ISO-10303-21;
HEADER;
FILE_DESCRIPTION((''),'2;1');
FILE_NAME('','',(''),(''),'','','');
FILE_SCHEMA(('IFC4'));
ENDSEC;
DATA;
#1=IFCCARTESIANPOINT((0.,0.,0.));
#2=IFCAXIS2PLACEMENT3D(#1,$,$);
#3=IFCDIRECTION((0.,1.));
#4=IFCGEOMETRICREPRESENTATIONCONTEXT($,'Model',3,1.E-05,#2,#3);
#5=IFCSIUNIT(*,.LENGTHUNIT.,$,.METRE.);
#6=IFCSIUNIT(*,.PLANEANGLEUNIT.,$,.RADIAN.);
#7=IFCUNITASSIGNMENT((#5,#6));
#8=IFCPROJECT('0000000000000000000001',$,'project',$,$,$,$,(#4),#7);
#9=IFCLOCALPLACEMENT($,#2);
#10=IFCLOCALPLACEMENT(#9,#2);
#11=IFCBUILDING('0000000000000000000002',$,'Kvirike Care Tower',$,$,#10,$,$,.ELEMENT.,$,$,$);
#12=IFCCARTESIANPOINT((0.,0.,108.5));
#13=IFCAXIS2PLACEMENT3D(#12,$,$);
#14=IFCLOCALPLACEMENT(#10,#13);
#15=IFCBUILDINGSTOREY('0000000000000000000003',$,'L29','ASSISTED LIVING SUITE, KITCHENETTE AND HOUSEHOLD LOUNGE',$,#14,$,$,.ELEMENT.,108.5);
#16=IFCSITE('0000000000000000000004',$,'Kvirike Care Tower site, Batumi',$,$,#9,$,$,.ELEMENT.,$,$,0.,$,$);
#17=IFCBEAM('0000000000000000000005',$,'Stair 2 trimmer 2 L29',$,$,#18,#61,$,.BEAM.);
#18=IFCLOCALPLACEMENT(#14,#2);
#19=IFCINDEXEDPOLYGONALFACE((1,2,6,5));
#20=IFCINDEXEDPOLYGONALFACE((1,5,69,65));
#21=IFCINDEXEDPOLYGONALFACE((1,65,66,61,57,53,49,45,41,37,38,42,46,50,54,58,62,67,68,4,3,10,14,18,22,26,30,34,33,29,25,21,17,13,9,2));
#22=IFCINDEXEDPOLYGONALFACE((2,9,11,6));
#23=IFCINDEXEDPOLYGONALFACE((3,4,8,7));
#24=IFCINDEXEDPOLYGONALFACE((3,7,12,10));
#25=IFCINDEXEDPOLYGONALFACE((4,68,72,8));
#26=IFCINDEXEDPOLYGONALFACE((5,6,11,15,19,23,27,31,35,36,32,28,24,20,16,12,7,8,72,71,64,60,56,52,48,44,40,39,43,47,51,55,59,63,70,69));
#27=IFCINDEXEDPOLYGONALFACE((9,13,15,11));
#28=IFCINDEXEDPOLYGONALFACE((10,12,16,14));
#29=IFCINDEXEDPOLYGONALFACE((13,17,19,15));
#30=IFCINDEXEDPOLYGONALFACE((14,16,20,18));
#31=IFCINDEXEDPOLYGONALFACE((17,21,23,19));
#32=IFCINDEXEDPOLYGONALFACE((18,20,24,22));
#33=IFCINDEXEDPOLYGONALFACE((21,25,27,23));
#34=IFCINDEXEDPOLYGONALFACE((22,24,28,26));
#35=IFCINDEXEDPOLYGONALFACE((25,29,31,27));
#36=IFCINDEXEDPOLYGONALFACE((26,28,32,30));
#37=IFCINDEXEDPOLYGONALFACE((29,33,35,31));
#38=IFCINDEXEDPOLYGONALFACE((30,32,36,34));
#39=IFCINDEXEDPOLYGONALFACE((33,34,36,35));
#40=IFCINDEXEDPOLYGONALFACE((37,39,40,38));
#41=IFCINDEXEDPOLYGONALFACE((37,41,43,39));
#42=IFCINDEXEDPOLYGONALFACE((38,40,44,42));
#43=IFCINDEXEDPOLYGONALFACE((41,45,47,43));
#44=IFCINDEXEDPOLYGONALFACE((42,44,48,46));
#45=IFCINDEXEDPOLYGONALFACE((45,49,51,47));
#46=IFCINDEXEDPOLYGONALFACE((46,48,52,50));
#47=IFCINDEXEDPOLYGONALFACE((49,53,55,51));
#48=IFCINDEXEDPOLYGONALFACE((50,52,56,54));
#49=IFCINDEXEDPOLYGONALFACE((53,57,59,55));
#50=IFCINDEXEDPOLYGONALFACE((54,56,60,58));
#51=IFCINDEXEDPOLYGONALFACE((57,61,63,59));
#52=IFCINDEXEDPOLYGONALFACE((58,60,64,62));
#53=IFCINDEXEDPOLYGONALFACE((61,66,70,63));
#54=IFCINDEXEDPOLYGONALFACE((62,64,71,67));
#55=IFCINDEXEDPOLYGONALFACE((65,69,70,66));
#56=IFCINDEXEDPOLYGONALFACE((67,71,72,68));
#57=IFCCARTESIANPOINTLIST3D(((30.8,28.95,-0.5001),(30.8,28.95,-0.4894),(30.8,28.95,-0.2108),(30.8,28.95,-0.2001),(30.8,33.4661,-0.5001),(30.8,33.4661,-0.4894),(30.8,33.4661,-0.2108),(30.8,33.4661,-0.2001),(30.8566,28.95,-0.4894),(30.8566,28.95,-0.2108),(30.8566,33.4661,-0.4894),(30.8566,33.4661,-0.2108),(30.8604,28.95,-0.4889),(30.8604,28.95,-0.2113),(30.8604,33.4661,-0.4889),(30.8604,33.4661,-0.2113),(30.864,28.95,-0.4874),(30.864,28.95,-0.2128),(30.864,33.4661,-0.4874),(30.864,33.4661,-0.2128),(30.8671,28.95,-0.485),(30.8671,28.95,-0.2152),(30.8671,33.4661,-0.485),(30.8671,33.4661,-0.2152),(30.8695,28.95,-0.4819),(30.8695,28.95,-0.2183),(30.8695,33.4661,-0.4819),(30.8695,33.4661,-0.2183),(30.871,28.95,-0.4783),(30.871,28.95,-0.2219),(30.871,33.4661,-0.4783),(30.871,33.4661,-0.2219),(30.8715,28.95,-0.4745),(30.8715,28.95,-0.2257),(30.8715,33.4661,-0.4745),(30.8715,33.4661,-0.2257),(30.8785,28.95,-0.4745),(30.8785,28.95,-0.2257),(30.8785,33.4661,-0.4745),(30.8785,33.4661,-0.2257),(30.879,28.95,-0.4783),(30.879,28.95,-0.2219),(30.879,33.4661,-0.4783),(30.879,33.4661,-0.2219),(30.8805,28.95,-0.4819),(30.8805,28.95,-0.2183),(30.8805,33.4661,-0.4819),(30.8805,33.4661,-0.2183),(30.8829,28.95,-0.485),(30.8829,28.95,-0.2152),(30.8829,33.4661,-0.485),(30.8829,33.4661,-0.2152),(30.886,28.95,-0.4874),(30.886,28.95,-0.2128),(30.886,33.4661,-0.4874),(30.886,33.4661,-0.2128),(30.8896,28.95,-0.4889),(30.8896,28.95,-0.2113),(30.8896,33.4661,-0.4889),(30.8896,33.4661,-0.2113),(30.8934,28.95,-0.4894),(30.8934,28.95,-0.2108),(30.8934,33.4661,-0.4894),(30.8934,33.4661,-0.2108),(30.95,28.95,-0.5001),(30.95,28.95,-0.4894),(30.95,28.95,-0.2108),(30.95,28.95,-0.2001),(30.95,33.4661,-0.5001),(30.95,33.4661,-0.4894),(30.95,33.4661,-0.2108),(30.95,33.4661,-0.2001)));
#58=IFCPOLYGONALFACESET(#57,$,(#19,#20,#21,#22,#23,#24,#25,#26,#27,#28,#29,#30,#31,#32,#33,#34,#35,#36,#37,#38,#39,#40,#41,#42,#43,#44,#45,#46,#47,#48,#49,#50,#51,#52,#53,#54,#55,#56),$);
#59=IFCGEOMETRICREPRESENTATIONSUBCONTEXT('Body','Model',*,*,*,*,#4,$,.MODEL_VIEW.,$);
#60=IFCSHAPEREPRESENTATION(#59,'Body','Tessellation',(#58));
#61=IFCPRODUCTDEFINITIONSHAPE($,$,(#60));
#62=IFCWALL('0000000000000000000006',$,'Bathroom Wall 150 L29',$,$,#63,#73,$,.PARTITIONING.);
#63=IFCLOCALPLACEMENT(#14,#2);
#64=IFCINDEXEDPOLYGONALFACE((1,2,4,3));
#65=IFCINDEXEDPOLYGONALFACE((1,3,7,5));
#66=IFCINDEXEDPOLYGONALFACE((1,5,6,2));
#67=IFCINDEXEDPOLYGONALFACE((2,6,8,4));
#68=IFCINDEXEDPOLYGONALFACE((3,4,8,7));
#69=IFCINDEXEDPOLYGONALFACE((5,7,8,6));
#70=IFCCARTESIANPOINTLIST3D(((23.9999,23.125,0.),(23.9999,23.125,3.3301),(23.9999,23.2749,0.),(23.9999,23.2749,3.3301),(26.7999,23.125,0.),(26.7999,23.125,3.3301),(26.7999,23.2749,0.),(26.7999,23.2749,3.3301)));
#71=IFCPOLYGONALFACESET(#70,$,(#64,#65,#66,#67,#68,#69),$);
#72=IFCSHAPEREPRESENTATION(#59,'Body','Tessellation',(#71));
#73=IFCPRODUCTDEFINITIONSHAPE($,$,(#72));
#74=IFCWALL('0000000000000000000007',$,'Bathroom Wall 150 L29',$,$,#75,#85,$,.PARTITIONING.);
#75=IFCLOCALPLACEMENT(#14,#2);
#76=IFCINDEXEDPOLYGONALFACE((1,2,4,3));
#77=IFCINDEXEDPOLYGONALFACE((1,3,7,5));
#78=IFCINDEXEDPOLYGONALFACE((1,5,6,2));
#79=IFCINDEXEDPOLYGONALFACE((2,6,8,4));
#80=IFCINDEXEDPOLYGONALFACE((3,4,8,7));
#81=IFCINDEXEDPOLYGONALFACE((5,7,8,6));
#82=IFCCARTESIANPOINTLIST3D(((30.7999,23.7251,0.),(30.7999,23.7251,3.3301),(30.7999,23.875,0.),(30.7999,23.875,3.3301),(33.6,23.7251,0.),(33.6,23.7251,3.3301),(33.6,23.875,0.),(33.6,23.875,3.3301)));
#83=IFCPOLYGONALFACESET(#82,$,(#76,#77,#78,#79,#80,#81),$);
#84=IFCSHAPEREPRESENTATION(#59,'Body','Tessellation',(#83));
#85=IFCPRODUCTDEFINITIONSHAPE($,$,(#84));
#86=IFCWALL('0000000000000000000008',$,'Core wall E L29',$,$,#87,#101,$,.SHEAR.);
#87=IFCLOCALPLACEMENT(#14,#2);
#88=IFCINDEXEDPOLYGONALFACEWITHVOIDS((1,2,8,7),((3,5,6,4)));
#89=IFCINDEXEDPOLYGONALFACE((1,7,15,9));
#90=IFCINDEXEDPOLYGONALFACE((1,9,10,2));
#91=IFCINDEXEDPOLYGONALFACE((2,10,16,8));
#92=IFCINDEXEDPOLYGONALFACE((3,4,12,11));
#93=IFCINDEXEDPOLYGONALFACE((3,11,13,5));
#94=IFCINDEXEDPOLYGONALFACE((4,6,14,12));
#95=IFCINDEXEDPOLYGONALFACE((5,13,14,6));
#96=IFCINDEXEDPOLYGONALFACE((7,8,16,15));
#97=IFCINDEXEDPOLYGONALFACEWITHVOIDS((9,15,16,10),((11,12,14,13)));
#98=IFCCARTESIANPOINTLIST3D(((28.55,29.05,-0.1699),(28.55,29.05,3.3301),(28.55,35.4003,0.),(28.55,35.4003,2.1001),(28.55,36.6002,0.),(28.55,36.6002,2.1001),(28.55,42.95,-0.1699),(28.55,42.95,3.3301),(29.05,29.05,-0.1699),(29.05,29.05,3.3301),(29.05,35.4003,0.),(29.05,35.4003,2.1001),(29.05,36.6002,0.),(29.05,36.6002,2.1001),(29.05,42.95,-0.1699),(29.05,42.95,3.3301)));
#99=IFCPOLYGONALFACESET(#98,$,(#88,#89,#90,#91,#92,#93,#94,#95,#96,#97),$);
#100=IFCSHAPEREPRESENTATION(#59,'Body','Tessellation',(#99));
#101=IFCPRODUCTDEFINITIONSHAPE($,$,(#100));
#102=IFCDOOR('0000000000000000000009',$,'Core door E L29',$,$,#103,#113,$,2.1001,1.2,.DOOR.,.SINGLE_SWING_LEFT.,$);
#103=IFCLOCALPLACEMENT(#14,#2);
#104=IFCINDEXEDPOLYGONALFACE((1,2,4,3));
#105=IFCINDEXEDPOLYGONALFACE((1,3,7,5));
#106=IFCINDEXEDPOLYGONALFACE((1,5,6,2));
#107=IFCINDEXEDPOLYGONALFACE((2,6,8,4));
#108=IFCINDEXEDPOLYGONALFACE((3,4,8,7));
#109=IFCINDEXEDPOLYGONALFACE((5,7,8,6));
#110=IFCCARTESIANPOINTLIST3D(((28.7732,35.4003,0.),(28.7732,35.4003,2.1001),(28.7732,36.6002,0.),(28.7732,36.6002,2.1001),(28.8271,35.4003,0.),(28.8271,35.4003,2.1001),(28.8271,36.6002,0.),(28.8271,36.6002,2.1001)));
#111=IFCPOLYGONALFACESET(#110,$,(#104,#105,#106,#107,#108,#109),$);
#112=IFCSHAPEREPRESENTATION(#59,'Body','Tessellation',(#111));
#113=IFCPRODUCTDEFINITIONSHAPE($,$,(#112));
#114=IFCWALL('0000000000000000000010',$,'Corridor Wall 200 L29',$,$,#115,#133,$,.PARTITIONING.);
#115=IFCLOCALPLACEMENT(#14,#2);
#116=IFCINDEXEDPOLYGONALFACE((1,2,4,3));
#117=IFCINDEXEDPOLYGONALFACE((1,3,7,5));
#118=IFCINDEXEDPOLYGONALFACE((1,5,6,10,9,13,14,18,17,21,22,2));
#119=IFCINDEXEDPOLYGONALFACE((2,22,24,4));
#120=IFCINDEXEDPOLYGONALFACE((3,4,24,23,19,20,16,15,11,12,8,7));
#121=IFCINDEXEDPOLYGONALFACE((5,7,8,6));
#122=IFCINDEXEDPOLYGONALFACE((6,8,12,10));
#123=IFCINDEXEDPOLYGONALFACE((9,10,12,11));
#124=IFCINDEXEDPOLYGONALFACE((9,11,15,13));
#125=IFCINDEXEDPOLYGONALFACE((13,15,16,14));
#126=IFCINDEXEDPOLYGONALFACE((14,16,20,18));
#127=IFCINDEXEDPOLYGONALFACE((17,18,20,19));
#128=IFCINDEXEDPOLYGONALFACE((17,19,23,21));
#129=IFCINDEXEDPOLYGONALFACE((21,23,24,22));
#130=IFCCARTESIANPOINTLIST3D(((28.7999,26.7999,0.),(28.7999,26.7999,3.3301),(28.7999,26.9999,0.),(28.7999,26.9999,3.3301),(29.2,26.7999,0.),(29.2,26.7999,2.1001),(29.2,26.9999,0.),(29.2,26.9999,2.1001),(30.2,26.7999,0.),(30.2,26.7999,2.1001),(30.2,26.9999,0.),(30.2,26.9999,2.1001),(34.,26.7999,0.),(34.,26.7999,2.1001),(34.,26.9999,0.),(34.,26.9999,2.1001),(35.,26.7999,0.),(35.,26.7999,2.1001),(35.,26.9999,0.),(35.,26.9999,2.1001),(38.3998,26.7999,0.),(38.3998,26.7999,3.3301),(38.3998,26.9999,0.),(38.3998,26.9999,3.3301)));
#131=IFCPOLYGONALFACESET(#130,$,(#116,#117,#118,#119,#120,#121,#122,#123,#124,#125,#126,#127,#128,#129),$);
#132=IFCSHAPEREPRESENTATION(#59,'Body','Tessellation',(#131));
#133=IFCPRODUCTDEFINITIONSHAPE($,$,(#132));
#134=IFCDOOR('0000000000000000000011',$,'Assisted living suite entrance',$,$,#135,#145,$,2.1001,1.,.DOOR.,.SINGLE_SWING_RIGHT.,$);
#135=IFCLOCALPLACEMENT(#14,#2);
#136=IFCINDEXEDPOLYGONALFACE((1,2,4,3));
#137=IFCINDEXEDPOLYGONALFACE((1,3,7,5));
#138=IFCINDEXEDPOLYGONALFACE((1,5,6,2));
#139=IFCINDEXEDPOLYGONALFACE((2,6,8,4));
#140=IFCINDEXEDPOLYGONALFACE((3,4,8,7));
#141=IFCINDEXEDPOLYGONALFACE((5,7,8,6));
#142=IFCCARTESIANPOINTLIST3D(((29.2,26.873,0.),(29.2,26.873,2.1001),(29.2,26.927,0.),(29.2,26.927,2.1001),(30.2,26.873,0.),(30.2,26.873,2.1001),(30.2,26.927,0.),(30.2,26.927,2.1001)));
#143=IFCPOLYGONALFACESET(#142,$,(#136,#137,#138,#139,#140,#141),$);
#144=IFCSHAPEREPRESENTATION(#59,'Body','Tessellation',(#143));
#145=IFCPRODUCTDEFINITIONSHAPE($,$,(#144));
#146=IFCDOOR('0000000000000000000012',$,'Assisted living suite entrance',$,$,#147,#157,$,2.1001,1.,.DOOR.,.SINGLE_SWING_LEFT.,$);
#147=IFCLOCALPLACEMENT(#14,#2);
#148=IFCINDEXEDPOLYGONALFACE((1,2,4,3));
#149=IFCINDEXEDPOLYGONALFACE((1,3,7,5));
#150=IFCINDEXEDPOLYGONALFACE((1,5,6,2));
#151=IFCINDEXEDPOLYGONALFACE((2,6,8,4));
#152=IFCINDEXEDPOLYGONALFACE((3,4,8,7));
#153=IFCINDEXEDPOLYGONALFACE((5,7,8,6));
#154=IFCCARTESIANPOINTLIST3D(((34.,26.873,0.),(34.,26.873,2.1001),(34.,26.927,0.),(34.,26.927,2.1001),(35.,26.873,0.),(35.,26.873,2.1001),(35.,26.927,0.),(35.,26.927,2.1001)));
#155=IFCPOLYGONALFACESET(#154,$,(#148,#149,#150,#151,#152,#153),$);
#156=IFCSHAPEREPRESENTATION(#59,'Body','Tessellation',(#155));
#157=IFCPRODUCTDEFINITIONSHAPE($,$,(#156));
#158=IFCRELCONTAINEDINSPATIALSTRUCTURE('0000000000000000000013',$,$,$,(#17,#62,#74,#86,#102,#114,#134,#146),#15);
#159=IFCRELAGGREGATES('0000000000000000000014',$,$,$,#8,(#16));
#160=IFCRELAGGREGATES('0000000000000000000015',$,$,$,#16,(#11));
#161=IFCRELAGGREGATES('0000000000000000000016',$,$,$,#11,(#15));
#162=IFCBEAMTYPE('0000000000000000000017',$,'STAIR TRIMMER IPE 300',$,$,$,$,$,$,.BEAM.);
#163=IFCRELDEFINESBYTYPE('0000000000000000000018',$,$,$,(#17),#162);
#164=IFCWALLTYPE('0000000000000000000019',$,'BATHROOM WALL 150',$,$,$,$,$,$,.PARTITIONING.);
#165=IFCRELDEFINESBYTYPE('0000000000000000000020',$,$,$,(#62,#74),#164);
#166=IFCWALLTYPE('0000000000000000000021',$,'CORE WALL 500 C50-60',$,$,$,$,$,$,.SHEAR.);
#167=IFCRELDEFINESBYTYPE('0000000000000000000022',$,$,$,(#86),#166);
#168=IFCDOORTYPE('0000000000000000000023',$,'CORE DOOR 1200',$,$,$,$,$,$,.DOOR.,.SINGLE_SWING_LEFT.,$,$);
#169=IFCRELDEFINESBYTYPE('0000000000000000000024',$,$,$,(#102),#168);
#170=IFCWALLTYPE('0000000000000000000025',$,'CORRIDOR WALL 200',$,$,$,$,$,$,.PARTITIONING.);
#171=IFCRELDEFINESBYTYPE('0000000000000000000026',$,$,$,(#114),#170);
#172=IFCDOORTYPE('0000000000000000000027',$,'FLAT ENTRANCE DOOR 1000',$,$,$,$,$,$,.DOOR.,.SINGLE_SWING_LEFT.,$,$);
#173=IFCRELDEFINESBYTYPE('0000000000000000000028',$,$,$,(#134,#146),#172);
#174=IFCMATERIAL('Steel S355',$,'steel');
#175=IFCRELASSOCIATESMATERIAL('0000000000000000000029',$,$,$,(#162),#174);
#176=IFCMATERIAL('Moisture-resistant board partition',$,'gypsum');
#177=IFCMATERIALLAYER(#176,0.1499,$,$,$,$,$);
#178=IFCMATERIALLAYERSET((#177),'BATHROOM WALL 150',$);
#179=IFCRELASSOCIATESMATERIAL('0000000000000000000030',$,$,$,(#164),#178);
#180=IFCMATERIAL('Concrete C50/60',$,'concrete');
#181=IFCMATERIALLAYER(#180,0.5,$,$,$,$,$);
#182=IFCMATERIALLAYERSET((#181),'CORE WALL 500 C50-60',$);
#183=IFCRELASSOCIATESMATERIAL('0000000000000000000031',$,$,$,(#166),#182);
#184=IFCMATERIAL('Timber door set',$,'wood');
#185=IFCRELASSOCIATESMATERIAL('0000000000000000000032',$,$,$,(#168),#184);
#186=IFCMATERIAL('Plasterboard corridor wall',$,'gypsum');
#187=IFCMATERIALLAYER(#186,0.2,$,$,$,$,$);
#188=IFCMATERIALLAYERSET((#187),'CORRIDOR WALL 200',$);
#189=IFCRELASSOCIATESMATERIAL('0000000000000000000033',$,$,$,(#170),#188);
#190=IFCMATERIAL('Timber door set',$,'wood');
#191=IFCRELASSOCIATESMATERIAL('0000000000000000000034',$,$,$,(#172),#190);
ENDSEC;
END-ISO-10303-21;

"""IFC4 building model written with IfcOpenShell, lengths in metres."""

from ifc_helpers import new_model, si_unit, direction, frame, frame_2d, origin, origin_2d, place, context, subcontext, project, spatial, rectangle, i_section, extrude, material, layer, layer_set, material_profile, profile_set, type_object, element, fill, save


model = new_model("IFC4")

# Units and contexts
model_context = context("Model", 3, precision=1e-05, world=origin(), true_north=direction((0.0, 1.0)))
body_context = subcontext(model_context, "Body", "Model", "MODEL_VIEW")
ifc_project = project(units=[si_unit("LENGTHUNIT", "METRE"), si_unit("PLANEANGLEUNIT", "RADIAN")], contexts=[model_context])

# Site, building, storey
site_placement = place(None, origin())
site = spatial("IfcSite", under=ifc_project, at=site_placement, Name="Kvirike Care Tower site, Batumi", CompositionType="ELEMENT", RefElevation=0.0)
building_placement = place(site_placement, origin())
building = spatial("IfcBuilding", under=site, at=building_placement, Name="Kvirike Care Tower", CompositionType="ELEMENT")
storey_placement = place(building_placement, frame((0.0, 0.0, 108.5)))
storey = spatial("IfcBuildingStorey", under=building, at=storey_placement, Name="L29", Description="ASSISTED LIVING SUITE, KITCHENETTE AND HOUSEHOLD LOUNGE", CompositionType="ELEMENT", Elevation=108.5)

# Beam
ifc_material_1 = material(Name="Steel S355", Category="steel")
ifc_material_profile_1 = material_profile(ifc_material_1, i_section(OverallWidth=0.1499, OverallDepth=0.3, WebThickness=0.0071, FlangeThickness=0.0107, FilletRadius=0.0149, at=origin_2d()), Name="IPE 300")
ifc_profile_set_1 = profile_set([ifc_material_profile_1], Name="Steel S355")
beam_type_1 = type_object("IfcBeamType", Name="STAIR TRIMMER IPE 300", PredefinedType="BEAM", material=ifc_profile_set_1)
beam_1_placement = place(storey_placement, frame((30.875, 28.95, -0.3501), z_axis=(0.0, 1.0, 0.0), x_axis=(-1.0, 0.0, 0.0)))
element("IfcBeam", 1, at=beam_1_placement, inside=storey, type_object=beam_type_1, Name="Stair 2 trimmer 2 L29", PredefinedType="BEAM", context=body_context, shape_type="SweptSolid", body=[
    extrude(i_section(OverallWidth=0.1499, OverallDepth=0.3, WebThickness=0.0071, FlangeThickness=0.0107, FilletRadius=0.0149, at=origin_2d()), origin(), (0.0, 0.0, 1.0), 4.5161),
])

# Walls
ifc_material_2 = material(Name="Moisture-resistant board partition", Category="gypsum")
ifc_layer_1 = layer(ifc_material_2, 0.1499)
ifc_layer_set_1 = layer_set([ifc_layer_1], Name="BATHROOM WALL 150")
wall_type_1 = type_object("IfcWallType", Name="BATHROOM WALL 150", PredefinedType="PARTITIONING", material=ifc_layer_set_1)
for number, where, z_axis, x_axis, name in (
    (2, (24.0, 23.2, 0.0), (0.0, 0.0, 1.0), (1.0, 0.0, 0.0), "Bathroom Wall 150 L29"),
    (3, (30.8, 23.8, 0.0), (0.0, 0.0, 1.0), (1.0, 0.0, 0.0), "Bathroom Wall 150 L29"),
):
    element("IfcWall", number, at=place(storey_placement, frame(where, z_axis=z_axis, x_axis=x_axis)), inside=storey, type_object=wall_type_1, Name=name, PredefinedType="PARTITIONING", context=body_context, shape_type="SweptSolid", body=[
        extrude(rectangle(XDim=2.8, YDim=0.1499, at=frame_2d((1.3999, 0.0))), origin(), (0.0, 0.0, 1.0), 3.3301),
    ])

# Wall, opening, door
ifc_material_3 = material(Name="Concrete C50/60", Category="concrete")
ifc_layer_2 = layer(ifc_material_3, 0.5)
ifc_layer_set_2 = layer_set([ifc_layer_2], Name="CORE WALL 500 C50-60")
wall_type_2 = type_object("IfcWallType", Name="CORE WALL 500 C50-60", PredefinedType="SHEAR", material=ifc_layer_set_2)
wall_1_placement = place(storey_placement, frame((28.8, 29.05, -0.1699), z_axis=(0.0, 0.0, 1.0), x_axis=(0.0, 1.0, 0.0)))
wall_1 = element("IfcWall", 4, at=wall_1_placement, inside=storey, type_object=wall_type_2, Name="Core wall E L29", PredefinedType="SHEAR", context=body_context, shape_type="SweptSolid", body=[
    extrude(rectangle(XDim=13.8999, YDim=0.5, at=frame_2d((6.95, 0.0))), origin(), (0.0, 0.0, 1.0), 3.5),
])
opening_1_placement = place(wall_1_placement, frame((6.3501, 0.0, 0.1699)))
opening_1 = element("IfcOpeningElement", 5, at=opening_1_placement, cuts=wall_1, PredefinedType="OPENING", context=body_context, shape_type="SweptSolid", body=[
    extrude(rectangle(XDim=1.2, YDim=2.1001, at=frame_2d((0.6001, 1.05))), frame((0.0, 0.2605, 0.0), z_axis=(0.0, -1.0, 0.0), x_axis=(1.0, 0.0, 0.0)), (0.0, 0.0, 1.0), 0.521),
])
ifc_material_4 = material(Name="Timber door set", Category="wood")
door_type_1 = type_object("IfcDoorType", Name="CORE DOOR 1200", OperationType="SINGLE_SWING_LEFT", PredefinedType="DOOR", material=ifc_material_4)
door_1_placement = place(opening_1_placement, origin())
door_1 = element("IfcDoor", 6, at=door_1_placement, inside=storey, type_object=door_type_1, Name="Core door E L29", OperationType="SINGLE_SWING_LEFT", OverallHeight=2.1001, OverallWidth=1.2, PredefinedType="DOOR", context=body_context, shape_type="SweptSolid", body=[
    extrude(rectangle(XDim=1.2, YDim=2.1001, at=frame_2d((0.6001, 1.05))), frame((0.0, 0.0269, 0.0), z_axis=(0.0, -1.0, 0.0), x_axis=(1.0, 0.0, 0.0)), (0.0, 0.0, 1.0), 0.054),
])
fill(opening_1, door_1)

# Wall, openings, doors
ifc_material_5 = material(Name="Plasterboard corridor wall", Category="gypsum")
ifc_layer_3 = layer(ifc_material_5, 0.2)
ifc_layer_set_3 = layer_set([ifc_layer_3], Name="CORRIDOR WALL 200")
wall_type_3 = type_object("IfcWallType", Name="CORRIDOR WALL 200", PredefinedType="PARTITIONING", material=ifc_layer_set_3)
wall_2_placement = place(storey_placement, frame((28.8, 26.8999, 0.0), z_axis=(0.0, 0.0, 1.0), x_axis=(1.0, 0.0, 0.0)))
wall_2 = element("IfcWall", 7, at=wall_2_placement, inside=storey, type_object=wall_type_3, Name="Corridor Wall 200 L29", PredefinedType="PARTITIONING", context=body_context, shape_type="SweptSolid", body=[
    extrude(rectangle(XDim=9.5999, YDim=0.2, at=frame_2d((4.7998, 0.0))), origin(), (0.0, 0.0, 1.0), 3.3301),
])
opening_2_placement = place(wall_2_placement, frame((0.3999, 0.0, 0.0)))
opening_2 = element("IfcOpeningElement", 8, at=opening_2_placement, cuts=wall_2, PredefinedType="OPENING", context=body_context, shape_type="SweptSolid", body=[
    extrude(rectangle(XDim=1.0, YDim=2.1001, at=frame_2d((0.5, 1.05))), frame((0.0, 0.1106, 0.0), z_axis=(0.0, -1.0, 0.0), x_axis=(1.0, 0.0, 0.0)), (0.0, 0.0, 1.0), 0.2209),
])
opening_3_placement = place(wall_2_placement, frame((5.2, 0.0, 0.0)))
opening_3 = element("IfcOpeningElement", 9, at=opening_3_placement, cuts=wall_2, PredefinedType="OPENING", context=body_context, shape_type="SweptSolid", body=[
    extrude(rectangle(XDim=1.0, YDim=2.1001, at=frame_2d((0.5, 1.05))), frame((0.0, 0.1106, 0.0), z_axis=(0.0, -1.0, 0.0), x_axis=(1.0, 0.0, 0.0)), (0.0, 0.0, 1.0), 0.2209),
])
ifc_material_6 = material(Name="Timber door set", Category="wood")
door_type_2 = type_object("IfcDoorType", Name="FLAT ENTRANCE DOOR 1000", OperationType="SINGLE_SWING_LEFT", PredefinedType="DOOR", material=ifc_material_6)
door_2_placement = place(opening_2_placement, frame((1.0, 0.0, 0.0), z_axis=(0.0, 0.0, 1.0), x_axis=(-1.0, 0.0, 0.0)))
door_2 = element("IfcDoor", 10, at=door_2_placement, inside=storey, type_object=door_type_2, Name="Assisted living suite entrance", OperationType="SINGLE_SWING_RIGHT", OverallHeight=2.1001, OverallWidth=1.0, PredefinedType="DOOR", context=body_context, shape_type="SweptSolid", body=[
    extrude(rectangle(XDim=1.0, YDim=2.1001, at=frame_2d((0.5, 1.05))), frame((0.0, 0.0269, 0.0), z_axis=(0.0, -1.0, 0.0), x_axis=(1.0, 0.0, 0.0)), (0.0, 0.0, 1.0), 0.054),
])
fill(opening_2, door_2)
door_3_placement = place(opening_3_placement, frame((1.0, 0.0, 0.0), z_axis=(0.0, 0.0, 1.0), x_axis=(-1.0, 0.0, 0.0)))
door_3 = element("IfcDoor", 11, at=door_3_placement, inside=storey, type_object=door_type_2, Name="Assisted living suite entrance", OperationType="SINGLE_SWING_LEFT", OverallHeight=2.1001, OverallWidth=1.0, PredefinedType="DOOR", context=body_context, shape_type="SweptSolid", body=[
    extrude(rectangle(XDim=1.0, YDim=2.1001, at=frame_2d((0.5, 1.05))), frame((0.0, 0.0269, 0.0), z_axis=(0.0, -1.0, 0.0), x_axis=(1.0, 0.0, 0.0)), (0.0, 0.0, 1.0), 0.054),
])
fill(opening_3, door_3)

save(model, "model.ifc")
